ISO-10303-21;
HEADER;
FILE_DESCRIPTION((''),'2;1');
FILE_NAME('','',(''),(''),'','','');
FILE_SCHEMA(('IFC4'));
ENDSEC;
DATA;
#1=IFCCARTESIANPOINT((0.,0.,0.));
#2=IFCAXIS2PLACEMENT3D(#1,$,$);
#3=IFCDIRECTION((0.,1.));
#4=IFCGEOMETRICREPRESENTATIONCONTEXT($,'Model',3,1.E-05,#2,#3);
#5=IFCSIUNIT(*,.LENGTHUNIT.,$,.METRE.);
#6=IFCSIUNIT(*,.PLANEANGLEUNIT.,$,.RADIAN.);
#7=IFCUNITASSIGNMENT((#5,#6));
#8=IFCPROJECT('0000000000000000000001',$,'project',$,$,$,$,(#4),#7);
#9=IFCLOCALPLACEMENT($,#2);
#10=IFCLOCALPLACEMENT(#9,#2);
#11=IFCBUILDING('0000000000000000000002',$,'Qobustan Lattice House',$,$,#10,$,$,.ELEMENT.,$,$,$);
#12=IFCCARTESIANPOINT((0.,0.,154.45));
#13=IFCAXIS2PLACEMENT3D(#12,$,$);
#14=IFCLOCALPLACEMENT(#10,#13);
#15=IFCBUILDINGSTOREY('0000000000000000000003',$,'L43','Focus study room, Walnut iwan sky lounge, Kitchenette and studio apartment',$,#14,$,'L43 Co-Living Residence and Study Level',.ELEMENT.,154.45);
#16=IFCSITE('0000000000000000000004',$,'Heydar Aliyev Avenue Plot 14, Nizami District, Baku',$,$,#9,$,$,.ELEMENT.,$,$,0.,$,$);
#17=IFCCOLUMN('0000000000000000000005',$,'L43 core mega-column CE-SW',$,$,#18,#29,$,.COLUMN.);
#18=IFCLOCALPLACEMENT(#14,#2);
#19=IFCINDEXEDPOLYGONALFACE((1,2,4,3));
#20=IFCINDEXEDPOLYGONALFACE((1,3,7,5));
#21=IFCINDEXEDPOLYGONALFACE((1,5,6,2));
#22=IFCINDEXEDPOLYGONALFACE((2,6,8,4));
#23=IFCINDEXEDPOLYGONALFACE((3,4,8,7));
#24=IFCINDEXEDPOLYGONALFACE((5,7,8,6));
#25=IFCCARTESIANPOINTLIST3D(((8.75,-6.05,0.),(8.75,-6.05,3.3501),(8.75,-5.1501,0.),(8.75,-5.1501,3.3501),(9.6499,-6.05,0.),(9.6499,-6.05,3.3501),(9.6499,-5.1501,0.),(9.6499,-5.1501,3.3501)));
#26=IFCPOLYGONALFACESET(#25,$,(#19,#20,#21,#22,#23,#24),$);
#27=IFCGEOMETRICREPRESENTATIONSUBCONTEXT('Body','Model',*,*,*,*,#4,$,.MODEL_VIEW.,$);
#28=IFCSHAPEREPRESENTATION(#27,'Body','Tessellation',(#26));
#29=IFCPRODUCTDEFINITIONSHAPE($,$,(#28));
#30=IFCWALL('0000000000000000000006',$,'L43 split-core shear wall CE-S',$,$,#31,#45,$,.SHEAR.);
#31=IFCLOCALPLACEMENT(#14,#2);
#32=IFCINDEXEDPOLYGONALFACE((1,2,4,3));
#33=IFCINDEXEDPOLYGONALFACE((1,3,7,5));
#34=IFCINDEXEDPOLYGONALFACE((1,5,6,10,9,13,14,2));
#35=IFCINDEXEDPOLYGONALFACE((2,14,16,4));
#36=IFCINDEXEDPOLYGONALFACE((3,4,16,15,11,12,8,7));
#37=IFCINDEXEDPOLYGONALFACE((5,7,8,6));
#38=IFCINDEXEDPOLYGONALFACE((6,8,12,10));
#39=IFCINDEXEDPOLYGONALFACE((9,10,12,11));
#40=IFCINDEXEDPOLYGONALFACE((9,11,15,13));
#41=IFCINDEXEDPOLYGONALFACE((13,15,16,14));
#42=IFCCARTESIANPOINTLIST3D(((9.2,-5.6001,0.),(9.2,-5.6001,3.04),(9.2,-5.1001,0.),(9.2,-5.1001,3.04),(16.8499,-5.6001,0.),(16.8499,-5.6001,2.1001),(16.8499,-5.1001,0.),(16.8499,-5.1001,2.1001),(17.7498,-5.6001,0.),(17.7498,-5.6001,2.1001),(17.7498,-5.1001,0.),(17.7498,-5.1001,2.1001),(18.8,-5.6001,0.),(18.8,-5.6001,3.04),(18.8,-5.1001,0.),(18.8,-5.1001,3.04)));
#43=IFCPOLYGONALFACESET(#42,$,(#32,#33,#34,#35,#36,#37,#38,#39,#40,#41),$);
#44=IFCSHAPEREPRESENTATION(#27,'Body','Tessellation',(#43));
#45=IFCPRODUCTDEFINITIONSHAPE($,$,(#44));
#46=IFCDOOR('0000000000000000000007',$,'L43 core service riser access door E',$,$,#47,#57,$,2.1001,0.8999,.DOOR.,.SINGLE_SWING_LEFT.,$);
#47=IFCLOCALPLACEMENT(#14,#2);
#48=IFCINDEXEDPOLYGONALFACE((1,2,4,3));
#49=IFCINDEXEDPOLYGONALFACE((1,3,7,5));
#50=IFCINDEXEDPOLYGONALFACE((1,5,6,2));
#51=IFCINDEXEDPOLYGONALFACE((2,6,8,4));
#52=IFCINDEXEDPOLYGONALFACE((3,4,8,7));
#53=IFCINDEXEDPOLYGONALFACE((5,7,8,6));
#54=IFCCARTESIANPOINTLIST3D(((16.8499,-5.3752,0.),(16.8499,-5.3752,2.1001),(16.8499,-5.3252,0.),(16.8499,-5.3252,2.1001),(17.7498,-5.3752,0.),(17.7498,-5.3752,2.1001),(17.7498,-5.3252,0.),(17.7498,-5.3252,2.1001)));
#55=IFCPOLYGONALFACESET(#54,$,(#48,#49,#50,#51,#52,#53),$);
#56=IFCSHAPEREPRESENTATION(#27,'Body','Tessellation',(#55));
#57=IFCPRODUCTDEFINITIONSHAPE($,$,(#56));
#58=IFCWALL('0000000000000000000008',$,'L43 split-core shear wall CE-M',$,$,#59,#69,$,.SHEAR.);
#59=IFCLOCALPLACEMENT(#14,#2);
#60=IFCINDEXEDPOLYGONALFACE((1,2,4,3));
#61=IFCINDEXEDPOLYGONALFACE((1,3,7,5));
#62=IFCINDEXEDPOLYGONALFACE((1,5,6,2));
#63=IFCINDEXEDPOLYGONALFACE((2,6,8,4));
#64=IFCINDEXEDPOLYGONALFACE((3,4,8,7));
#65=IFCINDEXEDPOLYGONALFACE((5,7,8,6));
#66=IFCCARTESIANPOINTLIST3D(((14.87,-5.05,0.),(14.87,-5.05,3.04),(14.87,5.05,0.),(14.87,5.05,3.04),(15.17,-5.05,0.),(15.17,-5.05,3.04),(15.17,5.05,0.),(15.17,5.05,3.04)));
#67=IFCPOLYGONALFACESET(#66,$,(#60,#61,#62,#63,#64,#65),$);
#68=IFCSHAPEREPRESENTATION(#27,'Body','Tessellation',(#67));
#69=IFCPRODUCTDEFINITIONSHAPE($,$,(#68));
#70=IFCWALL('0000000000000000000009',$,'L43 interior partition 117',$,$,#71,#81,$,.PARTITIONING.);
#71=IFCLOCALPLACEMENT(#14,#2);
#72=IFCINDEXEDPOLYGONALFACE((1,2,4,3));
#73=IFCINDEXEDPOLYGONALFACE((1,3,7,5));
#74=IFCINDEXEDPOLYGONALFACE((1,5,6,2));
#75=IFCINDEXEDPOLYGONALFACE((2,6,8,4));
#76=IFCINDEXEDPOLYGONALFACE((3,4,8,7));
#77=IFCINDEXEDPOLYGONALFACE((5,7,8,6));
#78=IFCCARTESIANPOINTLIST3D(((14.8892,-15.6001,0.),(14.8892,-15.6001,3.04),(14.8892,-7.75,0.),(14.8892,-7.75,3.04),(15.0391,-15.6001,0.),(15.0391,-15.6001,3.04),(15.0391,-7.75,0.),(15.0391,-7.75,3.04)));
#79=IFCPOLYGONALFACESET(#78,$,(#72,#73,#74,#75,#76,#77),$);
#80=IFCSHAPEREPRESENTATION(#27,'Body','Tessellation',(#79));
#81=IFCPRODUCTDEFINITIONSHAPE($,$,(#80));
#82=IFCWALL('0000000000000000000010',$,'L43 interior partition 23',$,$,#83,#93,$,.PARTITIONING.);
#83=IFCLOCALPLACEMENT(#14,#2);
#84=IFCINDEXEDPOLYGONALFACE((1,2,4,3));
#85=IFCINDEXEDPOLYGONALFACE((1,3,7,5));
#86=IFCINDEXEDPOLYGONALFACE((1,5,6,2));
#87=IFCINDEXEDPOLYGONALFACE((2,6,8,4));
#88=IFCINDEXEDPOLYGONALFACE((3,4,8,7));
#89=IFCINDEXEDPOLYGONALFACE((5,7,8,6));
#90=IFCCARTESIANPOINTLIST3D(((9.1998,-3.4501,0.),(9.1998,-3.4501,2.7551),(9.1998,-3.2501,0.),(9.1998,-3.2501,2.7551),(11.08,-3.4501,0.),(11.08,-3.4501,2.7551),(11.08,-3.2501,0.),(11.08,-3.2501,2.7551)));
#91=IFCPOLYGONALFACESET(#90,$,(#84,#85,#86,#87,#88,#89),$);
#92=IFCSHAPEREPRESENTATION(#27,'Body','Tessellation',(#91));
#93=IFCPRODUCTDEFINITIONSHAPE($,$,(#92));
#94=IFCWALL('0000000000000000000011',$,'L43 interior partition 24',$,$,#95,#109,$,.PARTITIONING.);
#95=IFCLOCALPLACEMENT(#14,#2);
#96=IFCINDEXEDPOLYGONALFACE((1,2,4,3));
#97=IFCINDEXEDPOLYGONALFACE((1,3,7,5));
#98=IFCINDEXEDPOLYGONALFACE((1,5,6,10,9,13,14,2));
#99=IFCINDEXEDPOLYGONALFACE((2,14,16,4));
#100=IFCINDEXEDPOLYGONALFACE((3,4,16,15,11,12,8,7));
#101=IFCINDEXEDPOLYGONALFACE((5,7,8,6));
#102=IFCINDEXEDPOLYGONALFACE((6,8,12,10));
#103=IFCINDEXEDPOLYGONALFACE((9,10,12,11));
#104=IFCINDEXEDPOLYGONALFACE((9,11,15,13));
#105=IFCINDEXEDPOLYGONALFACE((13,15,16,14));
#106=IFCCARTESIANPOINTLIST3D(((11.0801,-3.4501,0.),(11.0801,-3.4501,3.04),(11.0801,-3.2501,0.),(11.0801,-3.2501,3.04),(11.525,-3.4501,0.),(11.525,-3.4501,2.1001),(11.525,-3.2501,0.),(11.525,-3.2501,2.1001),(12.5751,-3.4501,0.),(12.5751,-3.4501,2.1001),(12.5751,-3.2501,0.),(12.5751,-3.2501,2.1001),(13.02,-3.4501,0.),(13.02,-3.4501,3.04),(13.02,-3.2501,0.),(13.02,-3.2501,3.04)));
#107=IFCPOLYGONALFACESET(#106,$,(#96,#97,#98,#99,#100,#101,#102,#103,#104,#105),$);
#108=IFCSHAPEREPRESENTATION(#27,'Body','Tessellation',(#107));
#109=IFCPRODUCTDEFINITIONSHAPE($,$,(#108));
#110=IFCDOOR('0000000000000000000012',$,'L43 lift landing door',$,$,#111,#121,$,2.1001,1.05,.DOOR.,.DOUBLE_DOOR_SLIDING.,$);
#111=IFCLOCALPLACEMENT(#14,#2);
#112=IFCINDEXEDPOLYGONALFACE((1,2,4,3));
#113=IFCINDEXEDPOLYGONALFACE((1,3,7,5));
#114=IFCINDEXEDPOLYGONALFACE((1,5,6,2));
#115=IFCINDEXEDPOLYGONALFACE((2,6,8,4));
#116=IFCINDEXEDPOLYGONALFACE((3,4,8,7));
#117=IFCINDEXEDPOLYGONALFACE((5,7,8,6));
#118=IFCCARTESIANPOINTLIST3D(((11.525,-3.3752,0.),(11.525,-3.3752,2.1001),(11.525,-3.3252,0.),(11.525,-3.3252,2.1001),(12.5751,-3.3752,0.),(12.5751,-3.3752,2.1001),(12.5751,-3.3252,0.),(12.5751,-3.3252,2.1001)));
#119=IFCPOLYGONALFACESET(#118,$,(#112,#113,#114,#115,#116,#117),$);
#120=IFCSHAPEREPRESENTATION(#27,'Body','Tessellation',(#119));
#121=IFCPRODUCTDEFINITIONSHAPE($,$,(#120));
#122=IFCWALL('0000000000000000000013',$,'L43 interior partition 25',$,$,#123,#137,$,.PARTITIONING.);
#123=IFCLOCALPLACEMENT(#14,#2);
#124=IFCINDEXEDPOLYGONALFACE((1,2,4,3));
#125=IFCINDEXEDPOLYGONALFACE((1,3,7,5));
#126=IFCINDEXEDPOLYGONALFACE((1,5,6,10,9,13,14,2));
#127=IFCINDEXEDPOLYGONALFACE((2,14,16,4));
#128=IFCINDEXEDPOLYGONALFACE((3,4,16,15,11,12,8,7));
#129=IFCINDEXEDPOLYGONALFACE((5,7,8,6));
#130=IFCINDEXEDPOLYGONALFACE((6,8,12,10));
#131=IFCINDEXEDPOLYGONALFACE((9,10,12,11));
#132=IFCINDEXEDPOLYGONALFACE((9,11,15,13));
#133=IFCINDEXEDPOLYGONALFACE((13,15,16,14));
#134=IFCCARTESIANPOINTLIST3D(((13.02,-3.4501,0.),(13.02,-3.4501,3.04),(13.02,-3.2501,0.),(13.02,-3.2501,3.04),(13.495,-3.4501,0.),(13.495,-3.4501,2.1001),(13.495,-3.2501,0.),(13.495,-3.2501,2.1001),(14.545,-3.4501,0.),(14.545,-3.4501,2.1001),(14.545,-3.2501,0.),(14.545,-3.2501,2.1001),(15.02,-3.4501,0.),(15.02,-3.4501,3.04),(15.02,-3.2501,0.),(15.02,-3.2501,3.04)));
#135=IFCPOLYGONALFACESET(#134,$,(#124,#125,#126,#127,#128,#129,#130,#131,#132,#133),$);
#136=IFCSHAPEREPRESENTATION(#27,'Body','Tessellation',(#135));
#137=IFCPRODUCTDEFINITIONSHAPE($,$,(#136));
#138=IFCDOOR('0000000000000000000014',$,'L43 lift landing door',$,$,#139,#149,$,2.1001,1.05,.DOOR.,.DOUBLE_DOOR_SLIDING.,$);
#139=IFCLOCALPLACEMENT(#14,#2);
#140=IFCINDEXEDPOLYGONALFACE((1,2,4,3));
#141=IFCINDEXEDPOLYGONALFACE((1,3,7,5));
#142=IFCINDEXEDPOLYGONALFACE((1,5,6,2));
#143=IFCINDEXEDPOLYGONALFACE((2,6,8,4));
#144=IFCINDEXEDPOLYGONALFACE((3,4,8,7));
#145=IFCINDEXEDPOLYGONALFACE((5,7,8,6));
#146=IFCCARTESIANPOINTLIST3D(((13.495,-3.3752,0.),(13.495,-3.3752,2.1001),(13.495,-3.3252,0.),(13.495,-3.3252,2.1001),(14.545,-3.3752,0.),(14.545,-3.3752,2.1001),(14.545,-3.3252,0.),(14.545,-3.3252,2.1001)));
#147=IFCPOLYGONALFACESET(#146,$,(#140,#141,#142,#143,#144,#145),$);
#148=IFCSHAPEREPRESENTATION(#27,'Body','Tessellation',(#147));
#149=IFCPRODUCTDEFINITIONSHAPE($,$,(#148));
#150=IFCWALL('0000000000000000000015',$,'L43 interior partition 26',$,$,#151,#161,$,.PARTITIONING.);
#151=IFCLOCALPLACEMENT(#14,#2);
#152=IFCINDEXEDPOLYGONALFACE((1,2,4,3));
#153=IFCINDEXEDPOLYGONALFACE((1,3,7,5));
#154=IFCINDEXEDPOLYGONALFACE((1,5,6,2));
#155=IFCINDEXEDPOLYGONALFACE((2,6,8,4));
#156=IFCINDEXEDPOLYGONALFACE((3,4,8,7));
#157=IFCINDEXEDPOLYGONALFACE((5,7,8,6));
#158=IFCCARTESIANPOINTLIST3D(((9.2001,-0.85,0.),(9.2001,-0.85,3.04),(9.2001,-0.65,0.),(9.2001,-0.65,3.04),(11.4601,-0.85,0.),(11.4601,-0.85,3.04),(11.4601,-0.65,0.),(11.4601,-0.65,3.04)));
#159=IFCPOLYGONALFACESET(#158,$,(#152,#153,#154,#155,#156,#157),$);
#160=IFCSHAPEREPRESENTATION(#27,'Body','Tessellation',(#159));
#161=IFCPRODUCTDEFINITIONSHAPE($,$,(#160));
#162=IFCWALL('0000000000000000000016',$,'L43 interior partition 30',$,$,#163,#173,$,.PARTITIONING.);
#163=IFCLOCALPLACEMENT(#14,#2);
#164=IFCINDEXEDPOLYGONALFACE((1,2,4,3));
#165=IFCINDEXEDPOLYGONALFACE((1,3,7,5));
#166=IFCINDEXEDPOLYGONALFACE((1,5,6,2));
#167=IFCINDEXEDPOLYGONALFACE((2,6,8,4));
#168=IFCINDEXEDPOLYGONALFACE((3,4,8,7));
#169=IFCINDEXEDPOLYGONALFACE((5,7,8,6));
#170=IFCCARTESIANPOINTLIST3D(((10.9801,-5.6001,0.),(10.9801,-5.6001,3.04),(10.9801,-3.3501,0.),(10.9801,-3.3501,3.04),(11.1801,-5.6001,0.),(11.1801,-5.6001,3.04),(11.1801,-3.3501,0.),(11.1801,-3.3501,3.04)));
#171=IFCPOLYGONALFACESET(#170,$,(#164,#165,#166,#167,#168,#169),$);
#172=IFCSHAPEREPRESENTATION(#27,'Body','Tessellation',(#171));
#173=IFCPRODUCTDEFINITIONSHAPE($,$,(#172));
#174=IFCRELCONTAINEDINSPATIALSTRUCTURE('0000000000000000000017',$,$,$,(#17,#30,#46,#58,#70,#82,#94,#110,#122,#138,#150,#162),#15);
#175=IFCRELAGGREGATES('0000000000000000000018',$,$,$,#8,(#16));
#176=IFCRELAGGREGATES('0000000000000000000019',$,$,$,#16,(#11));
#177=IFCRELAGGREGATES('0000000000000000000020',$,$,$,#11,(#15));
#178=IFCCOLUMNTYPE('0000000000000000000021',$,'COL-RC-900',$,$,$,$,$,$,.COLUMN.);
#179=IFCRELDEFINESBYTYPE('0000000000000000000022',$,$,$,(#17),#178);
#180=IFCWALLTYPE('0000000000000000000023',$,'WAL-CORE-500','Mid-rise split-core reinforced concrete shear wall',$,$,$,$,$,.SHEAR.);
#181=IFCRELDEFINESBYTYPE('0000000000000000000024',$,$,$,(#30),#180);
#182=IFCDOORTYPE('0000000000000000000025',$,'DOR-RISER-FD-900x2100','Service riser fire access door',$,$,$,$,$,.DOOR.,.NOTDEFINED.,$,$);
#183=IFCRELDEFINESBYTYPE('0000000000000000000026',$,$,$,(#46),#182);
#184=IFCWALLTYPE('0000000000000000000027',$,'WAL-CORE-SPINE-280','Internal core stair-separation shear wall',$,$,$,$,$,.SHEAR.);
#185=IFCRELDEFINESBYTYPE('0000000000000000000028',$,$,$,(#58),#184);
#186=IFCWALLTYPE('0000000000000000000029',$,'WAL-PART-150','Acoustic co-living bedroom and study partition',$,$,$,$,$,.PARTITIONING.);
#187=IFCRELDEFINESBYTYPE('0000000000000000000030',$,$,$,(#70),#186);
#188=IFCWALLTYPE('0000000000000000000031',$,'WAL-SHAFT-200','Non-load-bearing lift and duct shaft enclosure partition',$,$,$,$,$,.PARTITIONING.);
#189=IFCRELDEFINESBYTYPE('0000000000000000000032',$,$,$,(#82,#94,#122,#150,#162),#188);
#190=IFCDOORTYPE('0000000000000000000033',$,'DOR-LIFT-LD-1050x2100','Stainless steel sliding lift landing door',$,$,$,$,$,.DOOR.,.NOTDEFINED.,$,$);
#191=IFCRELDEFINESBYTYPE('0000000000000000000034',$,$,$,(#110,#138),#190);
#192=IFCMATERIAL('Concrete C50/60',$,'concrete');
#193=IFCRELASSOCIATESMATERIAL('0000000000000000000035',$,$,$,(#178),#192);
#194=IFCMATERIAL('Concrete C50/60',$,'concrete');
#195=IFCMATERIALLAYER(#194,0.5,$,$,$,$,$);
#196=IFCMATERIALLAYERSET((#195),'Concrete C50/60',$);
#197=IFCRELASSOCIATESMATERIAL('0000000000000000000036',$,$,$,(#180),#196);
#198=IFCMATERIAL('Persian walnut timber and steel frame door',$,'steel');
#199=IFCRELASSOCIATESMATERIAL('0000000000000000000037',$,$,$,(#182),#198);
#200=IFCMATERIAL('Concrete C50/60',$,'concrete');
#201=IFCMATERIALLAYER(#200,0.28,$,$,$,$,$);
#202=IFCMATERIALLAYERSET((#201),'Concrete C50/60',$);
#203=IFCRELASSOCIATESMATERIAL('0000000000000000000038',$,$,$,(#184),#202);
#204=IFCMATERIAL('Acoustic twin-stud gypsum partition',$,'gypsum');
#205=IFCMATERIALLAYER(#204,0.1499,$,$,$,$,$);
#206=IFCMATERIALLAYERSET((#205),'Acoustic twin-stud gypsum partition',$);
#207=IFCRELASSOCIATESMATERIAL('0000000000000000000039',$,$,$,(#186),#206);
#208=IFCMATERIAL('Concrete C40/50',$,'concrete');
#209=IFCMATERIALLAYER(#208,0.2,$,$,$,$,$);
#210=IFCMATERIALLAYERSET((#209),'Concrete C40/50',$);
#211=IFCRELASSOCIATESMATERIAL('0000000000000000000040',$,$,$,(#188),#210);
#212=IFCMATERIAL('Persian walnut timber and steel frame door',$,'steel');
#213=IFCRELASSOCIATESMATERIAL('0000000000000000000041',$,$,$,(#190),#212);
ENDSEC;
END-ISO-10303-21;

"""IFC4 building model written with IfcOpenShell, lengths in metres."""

from ifc_helpers import new_model, si_unit, direction, frame, frame_2d, origin, origin_2d, place, context, subcontext, project, spatial, rectangle, extrude, material, layer, layer_set, material_profile, profile_set, type_object, element, fill, save


model = new_model("IFC4")

# Units and contexts
model_context = context("Model", 3, precision=1e-05, world=origin(), true_north=direction((0.0, 1.0)))
body_context = subcontext(model_context, "Body", "Model", "MODEL_VIEW")
ifc_project = project(units=[si_unit("LENGTHUNIT", "METRE"), si_unit("PLANEANGLEUNIT", "RADIAN")], contexts=[model_context])

# Site, building, storey
site_placement = place(None, origin())
site = spatial("IfcSite", under=ifc_project, at=site_placement, Name="Heydar Aliyev Avenue Plot 14, Nizami District, Baku", CompositionType="ELEMENT", RefElevation=0.0)
building_placement = place(site_placement, origin())
building = spatial("IfcBuilding", under=site, at=building_placement, Name="Qobustan Lattice House", CompositionType="ELEMENT")
storey_placement = place(building_placement, frame((0.0, 0.0, 154.45)))
storey = spatial("IfcBuildingStorey", under=building, at=storey_placement, Name="L43", Description="Focus study room, Walnut iwan sky lounge, Kitchenette and studio apartment", LongName="L43 Co-Living Residence and Study Level", CompositionType="ELEMENT", Elevation=154.45)

# Column
ifc_material_1 = material(Name="Concrete C50/60", Category="concrete")
ifc_material_profile = material_profile(ifc_material_1, rectangle(XDim=0.8999, YDim=0.8999, at=origin_2d()), Name="RC900x900")
ifc_profile_set = profile_set([ifc_material_profile], Name="Concrete C50/60")
column_type = type_object("IfcColumnType", Name="COL-RC-900", PredefinedType="COLUMN", material=ifc_profile_set)
column_placement = place(storey_placement, frame((9.2, -5.6001, 0.0), z_axis=(0.0, 0.0, 1.0), x_axis=(1.0, 0.0, 0.0)))
element("IfcColumn", 1, at=column_placement, inside=storey, type_object=column_type, Name="L43 core mega-column CE-SW", PredefinedType="COLUMN", context=body_context, shape_type="SweptSolid", body=[
    extrude(rectangle(XDim=0.8999, YDim=0.8999, at=origin_2d()), origin(), (0.0, 0.0, 1.0), 3.3501),
])

# Wall, opening, door
ifc_material_2 = material(Name="Concrete C50/60", Category="concrete")
ifc_layer_1 = layer(ifc_material_2, 0.5)
ifc_layer_set_1 = layer_set([ifc_layer_1], Name="Concrete C50/60")
wall_type_1 = type_object("IfcWallType", Name="WAL-CORE-500", Description="Mid-rise split-core reinforced concrete shear wall", PredefinedType="SHEAR", material=ifc_layer_set_1)
wall_1_placement = place(storey_placement, frame((9.2, -5.3501, 0.0), z_axis=(0.0, 0.0, 1.0), x_axis=(1.0, 0.0, 0.0)))
wall_1 = element("IfcWall", 2, at=wall_1_placement, inside=storey, type_object=wall_type_1, Name="L43 split-core shear wall CE-S", PredefinedType="SHEAR", context=body_context, shape_type="SweptSolid", body=[
    extrude(rectangle(XDim=9.6001, YDim=0.5, at=frame_2d((4.8, 0.0))), origin(), (0.0, 0.0, 1.0), 3.04),
])
opening_1_placement = place(wall_1_placement, frame((7.6499, 0.0, 0.0)))
opening_1 = element("IfcOpeningElement", 3, at=opening_1_placement, cuts=wall_1, PredefinedType="OPENING", context=body_context, shape_type="SweptSolid", body=[
    extrude(rectangle(XDim=0.8999, YDim=2.1001, at=frame_2d((0.45, 1.05))), frame((0.0, 0.26, 0.0), z_axis=(0.0, -1.0, 0.0), x_axis=(1.0, 0.0, 0.0)), (0.0, 0.0, 1.0), 0.52),
])
ifc_material_3 = material(Name="Persian walnut timber and steel frame door", Category="steel")
door_type_1 = type_object("IfcDoorType", Name="DOR-RISER-FD-900x2100", Description="Service riser fire access door", OperationType="NOTDEFINED", PredefinedType="DOOR", material=ifc_material_3)
door_1_placement = place(opening_1_placement, origin())
door_1 = element("IfcDoor", 4, at=door_1_placement, inside=storey, type_object=door_type_1, Name="L43 core service riser access door E", OperationType="SINGLE_SWING_LEFT", OverallHeight=2.1001, OverallWidth=0.8999, PredefinedType="DOOR", context=body_context, shape_type="SweptSolid", body=[
    extrude(rectangle(XDim=0.8999, YDim=2.1001, at=frame_2d((0.45, 1.05))), frame((0.0, 0.0249, 0.0), z_axis=(0.0, -1.0, 0.0), x_axis=(1.0, 0.0, 0.0)), (0.0, 0.0, 1.0), 0.05),
])
fill(opening_1, door_1)

# Wall
ifc_material_4 = material(Name="Concrete C50/60", Category="concrete")
ifc_layer_2 = layer(ifc_material_4, 0.28)
ifc_layer_set_2 = layer_set([ifc_layer_2], Name="Concrete C50/60")
wall_type_2 = type_object("IfcWallType", Name="WAL-CORE-SPINE-280", Description="Internal core stair-separation shear wall", PredefinedType="SHEAR", material=ifc_layer_set_2)
wall_2_placement = place(storey_placement, frame((15.02, -5.05, 0.0), z_axis=(0.0, 0.0, 1.0), x_axis=(0.0, 1.0, 0.0)))
element("IfcWall", 5, at=wall_2_placement, inside=storey, type_object=wall_type_2, Name="L43 split-core shear wall CE-M", PredefinedType="SHEAR", context=body_context, shape_type="SweptSolid", body=[
    extrude(rectangle(XDim=10.1001, YDim=0.3, at=frame_2d((5.05, 0.0))), origin(), (0.0, 0.0, 1.0), 3.04),
])

# Walls
ifc_material_5 = material(Name="Acoustic twin-stud gypsum partition", Category="gypsum")
ifc_layer_3 = layer(ifc_material_5, 0.1499)
ifc_layer_set_3 = layer_set([ifc_layer_3], Name="Acoustic twin-stud gypsum partition")
wall_type_3 = type_object("IfcWallType", Name="WAL-PART-150", Description="Acoustic co-living bedroom and study partition", PredefinedType="PARTITIONING", material=ifc_layer_set_3)
wall_3_placement = place(storey_placement, frame((14.9641, -7.75, 0.0), z_axis=(0.0, 0.0, 1.0), x_axis=(0.0, -1.0, 0.0)))
element("IfcWall", 6, at=wall_3_placement, inside=storey, type_object=wall_type_3, Name="L43 interior partition 117", PredefinedType="PARTITIONING", context=body_context, shape_type="SweptSolid", body=[
    extrude(rectangle(XDim=7.8501, YDim=0.1499, at=frame_2d((3.925, 0.0))), origin(), (0.0, 0.0, 1.0), 3.04),
])
ifc_material_6 = material(Name="Concrete C40/50", Category="concrete")
ifc_layer_4 = layer(ifc_material_6, 0.2)
ifc_layer_set_4 = layer_set([ifc_layer_4], Name="Concrete C40/50")
wall_type_4 = type_object("IfcWallType", Name="WAL-SHAFT-200", Description="Non-load-bearing lift and duct shaft enclosure partition", PredefinedType="PARTITIONING", material=ifc_layer_set_4)
wall_4_placement = place(storey_placement, frame((9.2, -3.3501, 0.0), z_axis=(0.0, 0.0, 1.0), x_axis=(1.0, 0.0, 0.0)))
element("IfcWall", 7, at=wall_4_placement, inside=storey, type_object=wall_type_4, Name="L43 interior partition 23", PredefinedType="PARTITIONING", context=body_context, shape_type="SweptSolid", body=[
    extrude(rectangle(XDim=1.8801, YDim=0.2, at=frame_2d((0.9399, 0.0))), origin(), (0.0, 0.0, 1.0), 2.7551),
])

# Walls, openings, doors
wall_5_placement = place(storey_placement, frame((11.0801, -3.3501, 0.0), z_axis=(0.0, 0.0, 1.0), x_axis=(1.0, 0.0, 0.0)))
wall_5 = element("IfcWall", 8, at=wall_5_placement, inside=storey, type_object=wall_type_4, Name="L43 interior partition 24", PredefinedType="PARTITIONING", context=body_context, shape_type="SweptSolid", body=[
    extrude(rectangle(XDim=1.9399, YDim=0.2, at=frame_2d((0.97, 0.0))), origin(), (0.0, 0.0, 1.0), 3.04),
])
opening_2_placement = place(wall_5_placement, frame((0.4451, 0.0, 0.0)))
opening_2 = element("IfcOpeningElement", 9, at=opening_2_placement, cuts=wall_5, PredefinedType="OPENING", context=body_context, shape_type="SweptSolid", body=[
    extrude(rectangle(XDim=1.05, YDim=2.1001, at=frame_2d((0.5249, 1.05))), frame((0.0, 0.1099, 0.0), z_axis=(0.0, -1.0, 0.0), x_axis=(1.0, 0.0, 0.0)), (0.0, 0.0, 1.0), 0.22),
])
ifc_material_7 = material(Name="Persian walnut timber and steel frame door", Category="steel")
door_type_2 = type_object("IfcDoorType", Name="DOR-LIFT-LD-1050x2100", Description="Stainless steel sliding lift landing door", OperationType="NOTDEFINED", PredefinedType="DOOR", material=ifc_material_7)
door_2_placement = place(opening_2_placement, origin())
door_2 = element("IfcDoor", 10, at=door_2_placement, inside=storey, type_object=door_type_2, Name="L43 lift landing door", OperationType="DOUBLE_DOOR_SLIDING", OverallHeight=2.1001, OverallWidth=1.05, PredefinedType="DOOR", context=body_context, shape_type="SweptSolid", body=[
    extrude(rectangle(XDim=1.05, YDim=2.1001, at=frame_2d((0.5249, 1.05))), frame((0.0, 0.0249, 0.0), z_axis=(0.0, -1.0, 0.0), x_axis=(1.0, 0.0, 0.0)), (0.0, 0.0, 1.0), 0.05),
])
fill(opening_2, door_2)
wall_6_placement = place(storey_placement, frame((13.02, -3.3501, 0.0), z_axis=(0.0, 0.0, 1.0), x_axis=(1.0, 0.0, 0.0)))
wall_6 = element("IfcWall", 11, at=wall_6_placement, inside=storey, type_object=wall_type_4, Name="L43 interior partition 25", PredefinedType="PARTITIONING", context=body_context, shape_type="SweptSolid", body=[
    extrude(rectangle(XDim=2.0, YDim=0.2, at=frame_2d((1.0, 0.0))), origin(), (0.0, 0.0, 1.0), 3.04),
])
opening_3_placement = place(wall_6_placement, frame((0.4751, 0.0, 0.0)))
opening_3 = element("IfcOpeningElement", 12, at=opening_3_placement, cuts=wall_6, PredefinedType="OPENING", context=body_context, shape_type="SweptSolid", body=[
    extrude(rectangle(XDim=1.05, YDim=2.1001, at=frame_2d((0.5249, 1.05))), frame((0.0, 0.1099, 0.0), z_axis=(0.0, -1.0, 0.0), x_axis=(1.0, 0.0, 0.0)), (0.0, 0.0, 1.0), 0.22),
])
door_3_placement = place(opening_3_placement, origin())
door_3 = element("IfcDoor", 13, at=door_3_placement, inside=storey, type_object=door_type_2, Name="L43 lift landing door", OperationType="DOUBLE_DOOR_SLIDING", OverallHeight=2.1001, OverallWidth=1.05, PredefinedType="DOOR", context=body_context, shape_type="SweptSolid", body=[
    extrude(rectangle(XDim=1.05, YDim=2.1001, at=frame_2d((0.5249, 1.05))), frame((0.0, 0.0249, 0.0), z_axis=(0.0, -1.0, 0.0), x_axis=(1.0, 0.0, 0.0)), (0.0, 0.0, 1.0), 0.05),
])
fill(opening_3, door_3)

# Walls
wall_7_placement = place(storey_placement, frame((11.46, -0.75, 0.0), z_axis=(0.0, 0.0, 1.0), x_axis=(-1.0, 0.0, 0.0)))
element("IfcWall", 14, at=wall_7_placement, inside=storey, type_object=wall_type_4, Name="L43 interior partition 26", PredefinedType="PARTITIONING", context=body_context, shape_type="SweptSolid", body=[
    extrude(rectangle(XDim=2.26, YDim=0.2, at=frame_2d((1.1299, 0.0))), origin(), (0.0, 0.0, 1.0), 3.04),
])
for number, where, z_axis, x_axis, name in (
    (15, (11.0801, -5.6001, 0.0), (0.0, 0.0, 1.0), (0.0, 1.0, 0.0), "L43 interior partition 30"),
):
    element("IfcWall", number, at=place(storey_placement, frame(where, z_axis=z_axis, x_axis=x_axis)), inside=storey, type_object=wall_type_4, Name=name, PredefinedType="PARTITIONING", context=body_context, shape_type="SweptSolid", body=[
        extrude(rectangle(XDim=2.25, YDim=0.2, at=frame_2d((1.125, 0.0))), origin(), (0.0, 0.0, 1.0), 3.04),
    ])

save(model, "model.ifc")
